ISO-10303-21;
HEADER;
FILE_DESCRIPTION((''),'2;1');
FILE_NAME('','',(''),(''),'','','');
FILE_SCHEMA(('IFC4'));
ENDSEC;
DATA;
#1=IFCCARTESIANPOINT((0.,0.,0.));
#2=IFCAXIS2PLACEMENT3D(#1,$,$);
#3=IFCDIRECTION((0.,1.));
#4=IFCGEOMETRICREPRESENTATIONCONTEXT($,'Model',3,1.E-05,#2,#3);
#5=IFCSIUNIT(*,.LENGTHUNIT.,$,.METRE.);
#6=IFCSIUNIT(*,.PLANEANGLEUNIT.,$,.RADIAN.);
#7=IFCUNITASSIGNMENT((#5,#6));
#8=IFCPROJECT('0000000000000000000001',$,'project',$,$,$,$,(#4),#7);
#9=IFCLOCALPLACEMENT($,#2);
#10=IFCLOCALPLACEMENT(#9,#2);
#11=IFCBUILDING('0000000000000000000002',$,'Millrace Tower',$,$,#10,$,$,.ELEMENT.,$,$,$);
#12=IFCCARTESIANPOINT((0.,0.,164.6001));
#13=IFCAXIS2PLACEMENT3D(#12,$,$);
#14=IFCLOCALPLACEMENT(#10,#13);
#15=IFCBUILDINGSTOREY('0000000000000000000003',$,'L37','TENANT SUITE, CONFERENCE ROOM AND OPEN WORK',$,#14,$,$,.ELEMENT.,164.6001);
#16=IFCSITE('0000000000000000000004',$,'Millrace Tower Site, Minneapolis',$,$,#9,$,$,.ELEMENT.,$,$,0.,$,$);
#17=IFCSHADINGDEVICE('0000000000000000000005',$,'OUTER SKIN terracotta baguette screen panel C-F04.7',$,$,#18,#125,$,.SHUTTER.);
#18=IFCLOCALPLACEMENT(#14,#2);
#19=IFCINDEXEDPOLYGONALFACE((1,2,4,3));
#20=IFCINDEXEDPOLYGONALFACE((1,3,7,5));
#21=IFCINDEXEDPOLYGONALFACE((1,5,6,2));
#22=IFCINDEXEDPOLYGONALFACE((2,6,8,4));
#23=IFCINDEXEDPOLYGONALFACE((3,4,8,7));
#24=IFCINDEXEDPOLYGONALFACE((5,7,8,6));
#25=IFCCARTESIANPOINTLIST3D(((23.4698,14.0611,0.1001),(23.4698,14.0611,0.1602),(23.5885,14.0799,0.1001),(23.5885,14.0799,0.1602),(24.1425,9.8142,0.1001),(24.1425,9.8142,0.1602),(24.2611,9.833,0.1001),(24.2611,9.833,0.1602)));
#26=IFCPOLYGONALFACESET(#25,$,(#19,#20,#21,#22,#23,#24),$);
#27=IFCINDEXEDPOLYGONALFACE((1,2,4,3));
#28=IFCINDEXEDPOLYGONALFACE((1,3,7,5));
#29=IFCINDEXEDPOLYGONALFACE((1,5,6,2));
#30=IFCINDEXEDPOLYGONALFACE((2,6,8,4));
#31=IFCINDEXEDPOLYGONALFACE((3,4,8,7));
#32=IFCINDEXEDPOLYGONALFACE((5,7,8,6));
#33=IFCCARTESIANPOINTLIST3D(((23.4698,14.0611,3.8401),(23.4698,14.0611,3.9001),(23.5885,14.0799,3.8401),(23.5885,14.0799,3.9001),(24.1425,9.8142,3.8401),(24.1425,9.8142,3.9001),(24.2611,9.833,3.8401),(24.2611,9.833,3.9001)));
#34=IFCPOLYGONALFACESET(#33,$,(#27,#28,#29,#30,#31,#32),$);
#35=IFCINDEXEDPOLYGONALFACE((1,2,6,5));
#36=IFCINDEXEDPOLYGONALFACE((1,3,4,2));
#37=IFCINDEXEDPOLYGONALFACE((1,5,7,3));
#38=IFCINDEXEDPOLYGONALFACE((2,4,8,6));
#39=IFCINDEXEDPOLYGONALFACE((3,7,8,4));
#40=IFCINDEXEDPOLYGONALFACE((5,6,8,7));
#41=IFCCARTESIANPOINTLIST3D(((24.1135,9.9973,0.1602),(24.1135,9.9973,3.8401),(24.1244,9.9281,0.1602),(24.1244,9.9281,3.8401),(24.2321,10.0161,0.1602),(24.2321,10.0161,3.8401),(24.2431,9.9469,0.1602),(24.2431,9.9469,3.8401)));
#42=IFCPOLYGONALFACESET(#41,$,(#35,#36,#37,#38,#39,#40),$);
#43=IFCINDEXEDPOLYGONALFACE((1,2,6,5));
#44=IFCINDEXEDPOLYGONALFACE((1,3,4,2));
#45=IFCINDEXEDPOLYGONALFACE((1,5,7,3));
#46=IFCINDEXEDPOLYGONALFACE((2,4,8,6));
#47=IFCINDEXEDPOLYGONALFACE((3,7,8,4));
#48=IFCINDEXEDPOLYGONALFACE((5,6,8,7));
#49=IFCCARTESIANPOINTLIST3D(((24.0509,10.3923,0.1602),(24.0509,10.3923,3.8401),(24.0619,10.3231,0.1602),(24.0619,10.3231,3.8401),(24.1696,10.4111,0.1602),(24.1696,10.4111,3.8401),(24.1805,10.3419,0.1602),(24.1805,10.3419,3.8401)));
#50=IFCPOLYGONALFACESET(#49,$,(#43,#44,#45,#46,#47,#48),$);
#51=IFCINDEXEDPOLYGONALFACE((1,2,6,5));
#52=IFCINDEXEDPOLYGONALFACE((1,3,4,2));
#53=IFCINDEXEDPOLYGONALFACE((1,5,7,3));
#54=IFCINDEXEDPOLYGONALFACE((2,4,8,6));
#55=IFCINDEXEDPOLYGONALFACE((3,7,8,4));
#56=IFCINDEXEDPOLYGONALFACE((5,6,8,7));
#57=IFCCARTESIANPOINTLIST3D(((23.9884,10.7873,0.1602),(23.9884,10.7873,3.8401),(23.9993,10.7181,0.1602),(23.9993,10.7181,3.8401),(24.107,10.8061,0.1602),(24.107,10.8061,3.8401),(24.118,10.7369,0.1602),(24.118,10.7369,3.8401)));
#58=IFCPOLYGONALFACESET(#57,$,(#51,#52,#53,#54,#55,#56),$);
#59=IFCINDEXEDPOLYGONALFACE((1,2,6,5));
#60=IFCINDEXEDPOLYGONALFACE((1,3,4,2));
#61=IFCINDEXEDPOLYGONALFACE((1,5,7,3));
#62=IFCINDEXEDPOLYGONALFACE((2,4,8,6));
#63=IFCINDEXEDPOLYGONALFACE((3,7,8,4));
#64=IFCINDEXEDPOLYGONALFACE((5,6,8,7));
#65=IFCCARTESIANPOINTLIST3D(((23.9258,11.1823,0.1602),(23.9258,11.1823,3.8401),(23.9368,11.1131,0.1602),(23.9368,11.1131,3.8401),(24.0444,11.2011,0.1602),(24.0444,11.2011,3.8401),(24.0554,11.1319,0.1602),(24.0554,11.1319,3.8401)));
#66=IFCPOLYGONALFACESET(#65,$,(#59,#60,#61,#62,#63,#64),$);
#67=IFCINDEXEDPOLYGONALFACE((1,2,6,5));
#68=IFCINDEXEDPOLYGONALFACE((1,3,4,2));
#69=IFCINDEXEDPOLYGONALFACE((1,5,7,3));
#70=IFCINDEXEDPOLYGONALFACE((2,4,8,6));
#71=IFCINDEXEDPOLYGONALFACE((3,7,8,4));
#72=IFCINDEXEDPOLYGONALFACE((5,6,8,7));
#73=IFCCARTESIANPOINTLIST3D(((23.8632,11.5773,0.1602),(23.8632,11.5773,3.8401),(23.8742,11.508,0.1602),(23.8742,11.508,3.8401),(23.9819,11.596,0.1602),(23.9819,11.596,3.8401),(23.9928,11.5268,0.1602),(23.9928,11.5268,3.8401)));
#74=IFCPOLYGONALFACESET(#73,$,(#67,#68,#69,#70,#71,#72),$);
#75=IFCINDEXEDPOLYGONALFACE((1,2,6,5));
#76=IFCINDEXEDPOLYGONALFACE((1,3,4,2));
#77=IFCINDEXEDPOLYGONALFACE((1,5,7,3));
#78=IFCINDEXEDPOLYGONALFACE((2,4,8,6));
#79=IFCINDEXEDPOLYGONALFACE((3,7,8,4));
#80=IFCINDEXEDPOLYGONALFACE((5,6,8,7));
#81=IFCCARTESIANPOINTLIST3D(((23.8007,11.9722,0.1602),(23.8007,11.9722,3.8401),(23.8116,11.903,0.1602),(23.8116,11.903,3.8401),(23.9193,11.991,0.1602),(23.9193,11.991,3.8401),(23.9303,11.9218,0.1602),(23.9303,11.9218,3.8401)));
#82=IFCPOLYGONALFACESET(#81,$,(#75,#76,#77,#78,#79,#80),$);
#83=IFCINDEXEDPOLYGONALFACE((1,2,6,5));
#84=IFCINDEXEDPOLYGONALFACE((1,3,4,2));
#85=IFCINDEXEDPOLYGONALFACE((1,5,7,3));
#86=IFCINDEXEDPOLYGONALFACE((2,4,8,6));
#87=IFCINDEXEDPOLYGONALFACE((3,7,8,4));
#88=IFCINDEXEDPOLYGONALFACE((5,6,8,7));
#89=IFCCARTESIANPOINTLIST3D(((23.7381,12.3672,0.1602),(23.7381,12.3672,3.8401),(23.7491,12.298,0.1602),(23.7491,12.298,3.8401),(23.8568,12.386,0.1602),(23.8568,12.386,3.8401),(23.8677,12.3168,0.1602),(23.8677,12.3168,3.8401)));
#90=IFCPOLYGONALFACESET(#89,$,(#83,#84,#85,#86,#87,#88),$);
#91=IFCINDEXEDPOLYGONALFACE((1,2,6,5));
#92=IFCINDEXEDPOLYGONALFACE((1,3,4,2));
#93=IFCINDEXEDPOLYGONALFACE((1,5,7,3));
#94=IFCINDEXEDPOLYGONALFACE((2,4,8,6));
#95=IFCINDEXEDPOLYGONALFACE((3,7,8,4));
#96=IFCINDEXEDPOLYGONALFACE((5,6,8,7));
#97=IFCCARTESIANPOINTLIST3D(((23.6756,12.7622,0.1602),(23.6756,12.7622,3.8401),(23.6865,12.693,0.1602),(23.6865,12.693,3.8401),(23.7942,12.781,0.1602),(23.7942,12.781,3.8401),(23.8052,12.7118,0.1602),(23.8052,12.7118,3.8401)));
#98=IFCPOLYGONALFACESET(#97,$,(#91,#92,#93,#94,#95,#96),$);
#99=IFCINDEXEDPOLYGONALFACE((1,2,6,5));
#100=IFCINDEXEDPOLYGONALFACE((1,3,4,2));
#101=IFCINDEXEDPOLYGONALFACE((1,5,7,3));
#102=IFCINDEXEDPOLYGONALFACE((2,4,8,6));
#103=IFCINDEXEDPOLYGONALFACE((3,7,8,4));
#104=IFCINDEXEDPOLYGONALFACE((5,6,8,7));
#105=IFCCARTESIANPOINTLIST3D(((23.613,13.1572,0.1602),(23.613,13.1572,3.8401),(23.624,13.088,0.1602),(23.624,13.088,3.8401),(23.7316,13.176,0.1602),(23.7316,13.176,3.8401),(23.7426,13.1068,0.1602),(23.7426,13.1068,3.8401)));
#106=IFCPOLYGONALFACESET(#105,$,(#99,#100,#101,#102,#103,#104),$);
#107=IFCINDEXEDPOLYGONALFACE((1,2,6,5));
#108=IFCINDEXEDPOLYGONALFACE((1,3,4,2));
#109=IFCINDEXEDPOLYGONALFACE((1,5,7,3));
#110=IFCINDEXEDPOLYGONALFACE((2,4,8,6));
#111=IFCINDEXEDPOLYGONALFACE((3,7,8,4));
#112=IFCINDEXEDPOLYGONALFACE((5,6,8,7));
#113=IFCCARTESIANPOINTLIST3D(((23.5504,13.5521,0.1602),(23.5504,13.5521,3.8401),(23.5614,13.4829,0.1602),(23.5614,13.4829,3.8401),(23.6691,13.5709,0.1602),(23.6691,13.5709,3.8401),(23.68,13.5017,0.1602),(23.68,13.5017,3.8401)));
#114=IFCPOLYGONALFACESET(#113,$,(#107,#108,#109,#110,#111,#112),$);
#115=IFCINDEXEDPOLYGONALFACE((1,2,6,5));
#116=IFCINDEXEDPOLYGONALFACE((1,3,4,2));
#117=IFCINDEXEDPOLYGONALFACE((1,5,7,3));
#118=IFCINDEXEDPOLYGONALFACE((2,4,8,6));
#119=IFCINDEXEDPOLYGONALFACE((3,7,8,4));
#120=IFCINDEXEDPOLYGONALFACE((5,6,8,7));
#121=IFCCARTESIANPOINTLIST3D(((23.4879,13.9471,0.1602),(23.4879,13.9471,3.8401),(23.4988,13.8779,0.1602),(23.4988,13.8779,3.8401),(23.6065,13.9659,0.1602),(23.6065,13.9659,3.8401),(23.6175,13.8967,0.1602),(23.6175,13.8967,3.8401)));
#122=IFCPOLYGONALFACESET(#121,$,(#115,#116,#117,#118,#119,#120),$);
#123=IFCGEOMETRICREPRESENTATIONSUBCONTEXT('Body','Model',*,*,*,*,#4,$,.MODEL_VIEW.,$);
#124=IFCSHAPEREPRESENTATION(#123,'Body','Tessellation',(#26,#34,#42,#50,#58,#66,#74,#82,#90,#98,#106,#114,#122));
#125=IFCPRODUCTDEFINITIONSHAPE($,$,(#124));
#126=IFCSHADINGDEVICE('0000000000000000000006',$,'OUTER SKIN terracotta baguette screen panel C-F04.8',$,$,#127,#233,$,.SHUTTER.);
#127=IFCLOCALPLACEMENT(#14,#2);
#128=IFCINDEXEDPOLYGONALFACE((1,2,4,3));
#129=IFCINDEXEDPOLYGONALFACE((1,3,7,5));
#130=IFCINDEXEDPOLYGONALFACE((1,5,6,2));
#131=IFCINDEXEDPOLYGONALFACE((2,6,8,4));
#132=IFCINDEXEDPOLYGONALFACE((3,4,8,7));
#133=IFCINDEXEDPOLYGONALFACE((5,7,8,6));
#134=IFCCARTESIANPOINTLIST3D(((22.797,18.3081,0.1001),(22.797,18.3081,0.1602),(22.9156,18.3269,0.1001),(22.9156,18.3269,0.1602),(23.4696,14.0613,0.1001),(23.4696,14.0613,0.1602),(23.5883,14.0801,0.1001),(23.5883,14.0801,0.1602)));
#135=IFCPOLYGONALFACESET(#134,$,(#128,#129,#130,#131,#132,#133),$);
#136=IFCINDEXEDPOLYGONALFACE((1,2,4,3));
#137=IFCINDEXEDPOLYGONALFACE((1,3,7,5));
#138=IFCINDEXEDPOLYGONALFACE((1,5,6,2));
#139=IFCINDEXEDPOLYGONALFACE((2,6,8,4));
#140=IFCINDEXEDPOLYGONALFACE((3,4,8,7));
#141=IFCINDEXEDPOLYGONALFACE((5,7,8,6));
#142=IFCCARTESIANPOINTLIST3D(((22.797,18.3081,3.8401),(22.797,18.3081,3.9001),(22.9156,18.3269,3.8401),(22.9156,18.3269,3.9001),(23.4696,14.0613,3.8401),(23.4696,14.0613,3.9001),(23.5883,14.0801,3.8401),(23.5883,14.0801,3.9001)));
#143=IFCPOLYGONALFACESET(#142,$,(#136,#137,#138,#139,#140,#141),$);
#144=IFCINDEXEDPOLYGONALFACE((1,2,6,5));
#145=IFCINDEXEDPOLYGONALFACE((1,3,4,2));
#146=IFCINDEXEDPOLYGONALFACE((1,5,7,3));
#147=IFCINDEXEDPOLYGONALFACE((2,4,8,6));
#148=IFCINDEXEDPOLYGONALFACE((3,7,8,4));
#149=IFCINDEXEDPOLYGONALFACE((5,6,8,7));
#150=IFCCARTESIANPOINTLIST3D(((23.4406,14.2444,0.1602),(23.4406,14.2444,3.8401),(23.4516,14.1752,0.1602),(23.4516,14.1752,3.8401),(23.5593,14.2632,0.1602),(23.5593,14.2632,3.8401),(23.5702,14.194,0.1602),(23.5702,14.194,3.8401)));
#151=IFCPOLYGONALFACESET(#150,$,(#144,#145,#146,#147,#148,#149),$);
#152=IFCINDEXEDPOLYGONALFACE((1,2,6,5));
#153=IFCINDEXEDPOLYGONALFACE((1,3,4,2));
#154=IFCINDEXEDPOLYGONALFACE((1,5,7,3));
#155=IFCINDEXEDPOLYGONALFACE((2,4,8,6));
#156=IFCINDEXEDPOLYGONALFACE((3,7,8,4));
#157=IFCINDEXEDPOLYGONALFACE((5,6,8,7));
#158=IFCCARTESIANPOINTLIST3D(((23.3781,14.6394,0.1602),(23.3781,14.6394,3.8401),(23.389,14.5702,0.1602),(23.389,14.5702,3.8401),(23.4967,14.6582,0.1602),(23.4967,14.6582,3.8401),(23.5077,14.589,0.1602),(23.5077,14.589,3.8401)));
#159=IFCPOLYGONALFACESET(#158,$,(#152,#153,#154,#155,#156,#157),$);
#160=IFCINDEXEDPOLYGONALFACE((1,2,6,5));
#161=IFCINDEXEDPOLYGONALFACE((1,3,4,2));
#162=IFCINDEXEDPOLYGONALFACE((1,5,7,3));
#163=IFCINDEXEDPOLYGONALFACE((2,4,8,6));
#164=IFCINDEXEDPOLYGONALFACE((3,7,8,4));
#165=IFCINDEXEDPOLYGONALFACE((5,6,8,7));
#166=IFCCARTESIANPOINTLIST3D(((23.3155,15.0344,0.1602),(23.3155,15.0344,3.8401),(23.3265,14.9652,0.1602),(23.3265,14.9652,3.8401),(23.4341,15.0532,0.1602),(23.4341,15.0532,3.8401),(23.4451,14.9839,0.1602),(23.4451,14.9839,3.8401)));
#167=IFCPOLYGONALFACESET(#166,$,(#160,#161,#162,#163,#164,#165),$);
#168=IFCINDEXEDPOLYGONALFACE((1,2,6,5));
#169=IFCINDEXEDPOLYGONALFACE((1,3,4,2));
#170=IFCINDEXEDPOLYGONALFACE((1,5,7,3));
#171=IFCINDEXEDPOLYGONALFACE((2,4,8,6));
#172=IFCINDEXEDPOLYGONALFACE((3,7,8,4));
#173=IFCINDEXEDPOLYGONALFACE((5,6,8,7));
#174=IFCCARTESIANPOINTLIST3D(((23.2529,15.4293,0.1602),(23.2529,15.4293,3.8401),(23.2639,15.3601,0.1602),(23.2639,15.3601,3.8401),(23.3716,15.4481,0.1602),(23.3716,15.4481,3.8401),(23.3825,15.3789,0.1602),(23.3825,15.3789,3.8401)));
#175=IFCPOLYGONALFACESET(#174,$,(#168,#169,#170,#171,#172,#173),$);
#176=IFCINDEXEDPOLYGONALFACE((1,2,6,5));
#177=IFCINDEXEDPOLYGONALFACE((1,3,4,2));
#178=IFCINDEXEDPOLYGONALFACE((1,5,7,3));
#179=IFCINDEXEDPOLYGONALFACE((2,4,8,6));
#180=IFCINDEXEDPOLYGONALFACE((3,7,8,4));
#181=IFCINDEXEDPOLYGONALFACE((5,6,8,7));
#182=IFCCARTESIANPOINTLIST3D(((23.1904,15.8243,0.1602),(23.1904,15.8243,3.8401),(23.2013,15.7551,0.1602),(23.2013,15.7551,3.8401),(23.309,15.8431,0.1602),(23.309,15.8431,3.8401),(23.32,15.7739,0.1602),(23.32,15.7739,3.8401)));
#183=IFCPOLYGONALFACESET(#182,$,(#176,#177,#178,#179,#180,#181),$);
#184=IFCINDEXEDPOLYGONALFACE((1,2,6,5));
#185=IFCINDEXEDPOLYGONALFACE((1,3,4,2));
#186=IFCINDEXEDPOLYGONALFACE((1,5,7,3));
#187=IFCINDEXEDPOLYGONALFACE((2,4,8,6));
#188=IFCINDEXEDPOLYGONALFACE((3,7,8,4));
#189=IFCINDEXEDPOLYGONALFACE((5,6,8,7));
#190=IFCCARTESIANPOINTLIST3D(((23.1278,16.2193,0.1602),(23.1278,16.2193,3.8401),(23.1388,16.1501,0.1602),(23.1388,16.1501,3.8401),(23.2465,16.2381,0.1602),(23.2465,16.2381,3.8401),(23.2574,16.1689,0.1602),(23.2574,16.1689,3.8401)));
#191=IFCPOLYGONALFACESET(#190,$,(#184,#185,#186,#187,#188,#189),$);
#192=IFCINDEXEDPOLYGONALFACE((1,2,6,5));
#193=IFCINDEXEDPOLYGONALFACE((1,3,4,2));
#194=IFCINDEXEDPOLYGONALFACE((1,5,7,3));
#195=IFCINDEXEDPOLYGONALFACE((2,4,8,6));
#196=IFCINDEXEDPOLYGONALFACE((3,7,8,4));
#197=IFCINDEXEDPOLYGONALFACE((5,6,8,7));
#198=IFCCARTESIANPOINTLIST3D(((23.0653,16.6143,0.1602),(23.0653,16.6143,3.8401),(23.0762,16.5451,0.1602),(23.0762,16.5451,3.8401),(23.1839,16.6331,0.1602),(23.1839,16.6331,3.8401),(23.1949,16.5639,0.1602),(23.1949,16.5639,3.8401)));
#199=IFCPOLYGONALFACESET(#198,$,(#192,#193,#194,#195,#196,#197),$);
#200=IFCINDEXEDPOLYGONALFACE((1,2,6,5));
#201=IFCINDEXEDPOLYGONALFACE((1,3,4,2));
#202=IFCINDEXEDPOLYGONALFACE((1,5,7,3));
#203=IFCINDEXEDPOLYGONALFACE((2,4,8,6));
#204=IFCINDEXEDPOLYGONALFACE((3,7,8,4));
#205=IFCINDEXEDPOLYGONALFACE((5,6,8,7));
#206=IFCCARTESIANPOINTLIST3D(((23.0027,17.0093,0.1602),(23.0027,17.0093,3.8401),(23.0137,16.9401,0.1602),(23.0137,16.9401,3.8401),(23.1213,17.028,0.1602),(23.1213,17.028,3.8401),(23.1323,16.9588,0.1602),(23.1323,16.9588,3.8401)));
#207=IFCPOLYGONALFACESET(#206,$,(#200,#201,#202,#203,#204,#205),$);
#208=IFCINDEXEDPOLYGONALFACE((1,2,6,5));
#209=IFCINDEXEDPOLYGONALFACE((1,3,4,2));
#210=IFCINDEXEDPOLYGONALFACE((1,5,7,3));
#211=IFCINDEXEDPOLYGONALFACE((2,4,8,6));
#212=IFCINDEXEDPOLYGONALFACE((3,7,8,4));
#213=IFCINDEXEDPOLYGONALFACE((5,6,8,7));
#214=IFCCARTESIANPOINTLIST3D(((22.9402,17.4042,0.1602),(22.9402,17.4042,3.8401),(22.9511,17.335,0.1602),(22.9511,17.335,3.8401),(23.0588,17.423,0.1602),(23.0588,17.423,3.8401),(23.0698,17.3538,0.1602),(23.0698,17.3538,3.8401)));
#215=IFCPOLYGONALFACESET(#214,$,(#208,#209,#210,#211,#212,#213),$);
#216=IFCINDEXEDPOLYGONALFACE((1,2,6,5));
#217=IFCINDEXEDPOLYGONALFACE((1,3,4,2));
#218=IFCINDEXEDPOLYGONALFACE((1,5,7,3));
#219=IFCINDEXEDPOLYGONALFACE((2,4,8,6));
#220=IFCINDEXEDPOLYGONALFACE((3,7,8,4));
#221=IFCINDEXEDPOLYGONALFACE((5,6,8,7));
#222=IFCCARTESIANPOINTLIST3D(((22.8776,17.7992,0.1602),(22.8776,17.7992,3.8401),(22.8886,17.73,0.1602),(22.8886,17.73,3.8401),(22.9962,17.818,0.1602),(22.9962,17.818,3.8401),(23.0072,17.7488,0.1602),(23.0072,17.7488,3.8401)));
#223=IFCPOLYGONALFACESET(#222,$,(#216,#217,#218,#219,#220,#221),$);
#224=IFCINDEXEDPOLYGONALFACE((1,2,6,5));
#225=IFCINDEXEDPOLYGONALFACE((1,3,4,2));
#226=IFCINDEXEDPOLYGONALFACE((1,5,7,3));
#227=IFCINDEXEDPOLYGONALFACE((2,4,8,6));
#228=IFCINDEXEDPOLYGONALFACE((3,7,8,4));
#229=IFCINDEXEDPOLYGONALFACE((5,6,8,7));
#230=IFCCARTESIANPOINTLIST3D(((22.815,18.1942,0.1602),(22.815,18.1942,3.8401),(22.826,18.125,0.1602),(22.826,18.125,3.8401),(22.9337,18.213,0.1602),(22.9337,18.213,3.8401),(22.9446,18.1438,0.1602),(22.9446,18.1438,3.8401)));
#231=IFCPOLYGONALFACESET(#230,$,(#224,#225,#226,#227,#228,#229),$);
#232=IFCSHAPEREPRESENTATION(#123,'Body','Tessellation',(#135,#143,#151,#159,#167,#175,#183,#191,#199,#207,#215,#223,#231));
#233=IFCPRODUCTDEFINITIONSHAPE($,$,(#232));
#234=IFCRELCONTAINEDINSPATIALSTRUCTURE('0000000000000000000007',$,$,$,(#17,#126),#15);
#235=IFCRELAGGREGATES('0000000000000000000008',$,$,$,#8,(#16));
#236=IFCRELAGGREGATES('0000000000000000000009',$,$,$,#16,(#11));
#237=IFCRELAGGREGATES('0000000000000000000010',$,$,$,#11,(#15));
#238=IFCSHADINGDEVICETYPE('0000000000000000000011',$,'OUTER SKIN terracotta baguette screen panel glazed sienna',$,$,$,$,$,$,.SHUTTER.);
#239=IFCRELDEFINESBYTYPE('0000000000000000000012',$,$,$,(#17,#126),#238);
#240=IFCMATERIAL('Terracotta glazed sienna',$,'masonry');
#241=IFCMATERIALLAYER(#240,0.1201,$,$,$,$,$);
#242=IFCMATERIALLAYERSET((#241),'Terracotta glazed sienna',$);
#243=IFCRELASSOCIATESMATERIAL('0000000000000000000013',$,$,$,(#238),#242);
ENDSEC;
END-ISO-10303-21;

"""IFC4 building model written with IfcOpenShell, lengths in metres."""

from ifc_helpers import new_model, entity, si_unit, direction, frame, frame_2d, origin, origin_2d, place, context, subcontext, project, spatial, rectangle, extrude, source, transform, mapped, material, layer, layer_set, type_object, element, save


model = new_model("IFC4")

# Units and contexts
model_context = context("Model", 3, precision=1e-05, world=origin(), true_north=direction((0.0, 1.0)))
body_context = subcontext(model_context, "Body", "Model", "MODEL_VIEW")
ifc_project = project(units=[si_unit("LENGTHUNIT", "METRE"), si_unit("PLANEANGLEUNIT", "RADIAN")], contexts=[model_context])

# Site, building, storey
site_placement = place(None, origin())
site = spatial("IfcSite", under=ifc_project, at=site_placement, Name="Millrace Tower Site, Minneapolis", CompositionType="ELEMENT", RefElevation=0.0)
building_placement = place(site_placement, origin())
building = spatial("IfcBuilding", under=site, at=building_placement, Name="Millrace Tower", CompositionType="ELEMENT")
storey_placement = place(building_placement, frame((0.0, 0.0, 164.6001)))
storey = spatial("IfcBuildingStorey", under=building, at=storey_placement, Name="L37", Description="TENANT SUITE, CONFERENCE ROOM AND OPEN WORK", CompositionType="ELEMENT", Elevation=164.6001)

# Shading devices
ifc_material_1 = material(Name="Terracotta glazed sienna", Category="masonry")
ifc_layer_1 = layer(ifc_material_1, 0.1201)
ifc_layer_set_1 = layer_set([ifc_layer_1], Name="Terracotta glazed sienna")
shading_device_type = type_object("IfcShadingDeviceType", Name="OUTER SKIN terracotta baguette screen panel glazed sienna", PredefinedType="SHUTTER", material=ifc_layer_set_1)
cartesian_point_1 = entity("IfcCartesianPoint", [-2.1499, 0.0601])
shared_polyline_1 = entity("IfcPolyline", [cartesian_point_1, entity("IfcCartesianPoint", [2.1499, 0.0601]), entity("IfcCartesianPoint", [2.1499, -0.0601]), entity("IfcCartesianPoint", [-2.1499, -0.0601]), cartesian_point_1])
shared_shape_1 = source(origin(), body_context, "Body", "SweptSolid", [
    entity("IfcExtrudedAreaSolid", entity("IfcArbitraryClosedProfileDef", "AREA", None, shared_polyline_1), entity("IfcAxis2Placement3D", entity("IfcCartesianPoint", [0.0, 0.0, 0.0])), entity("IfcDirection", [0.0, 0.0, 1.0]), 0.0601),
    entity("IfcExtrudedAreaSolid", entity("IfcArbitraryClosedProfileDef", "AREA", None, shared_polyline_1), entity("IfcAxis2Placement3D", entity("IfcCartesianPoint", [0.0, 0.0, 3.74])), entity("IfcDirection", [0.0, 0.0, 1.0]), 0.0601),
    extrude(rectangle(XDim=0.0701, YDim=0.1201, at=frame_2d((-1.9995, 0.0))), frame((0.0, 0.0, 0.0601)), (0.0, 0.0, 1.0), 3.6799),
    extrude(rectangle(XDim=0.0701, YDim=0.1201, at=frame_2d((-1.5996, 0.0))), frame((0.0, 0.0, 0.0601)), (0.0, 0.0, 1.0), 3.6799),
    extrude(rectangle(XDim=0.0701, YDim=0.1201, at=frame_2d((-1.1997, 0.0))), frame((0.0, 0.0, 0.0601)), (0.0, 0.0, 1.0), 3.6799),
    extrude(rectangle(XDim=0.0701, YDim=0.1201, at=frame_2d((-0.7998, 0.0))), frame((0.0, 0.0, 0.0601)), (0.0, 0.0, 1.0), 3.6799),
    extrude(rectangle(XDim=0.0701, YDim=0.1201, at=frame_2d((-0.3999, 0.0))), frame((0.0, 0.0, 0.0601)), (0.0, 0.0, 1.0), 3.6799),
    extrude(rectangle(XDim=0.0701, YDim=0.1201, at=origin_2d()), frame((0.0, 0.0, 0.0601)), (0.0, 0.0, 1.0), 3.6799),
    extrude(rectangle(XDim=0.0701, YDim=0.1201, at=frame_2d((0.3999, 0.0))), frame((0.0, 0.0, 0.0601)), (0.0, 0.0, 1.0), 3.6799),
    extrude(rectangle(XDim=0.0701, YDim=0.1201, at=frame_2d((0.7998, 0.0))), frame((0.0, 0.0, 0.0601)), (0.0, 0.0, 1.0), 3.6799),
    extrude(rectangle(XDim=0.0701, YDim=0.1201, at=frame_2d((1.1997, 0.0))), frame((0.0, 0.0, 0.0601)), (0.0, 0.0, 1.0), 3.6799),
    extrude(rectangle(XDim=0.0701, YDim=0.1201, at=frame_2d((1.5996, 0.0))), frame((0.0, 0.0, 0.0601)), (0.0, 0.0, 1.0), 3.6799),
    extrude(rectangle(XDim=0.0701, YDim=0.1201, at=frame_2d((1.9995, 0.0))), frame((0.0, 0.0, 0.0601)), (0.0, 0.0, 1.0), 3.6799),
])
for number, where, z_axis, x_axis, name in (
    (1, (23.8655, 11.947, 0.1001), (0.0, 0.0, 1.0), (-0.156434, 0.987688, 0.0), "OUTER SKIN terracotta baguette screen panel C-F04.7"),
    (2, (23.1926, 16.1941, 0.1001), (0.0, 0.0, 1.0), (-0.156434, 0.987688, 0.0), "OUTER SKIN terracotta baguette screen panel C-F04.8"),
):
    element("IfcShadingDevice", number, at=place(storey_placement, frame(where, z_axis=z_axis, x_axis=x_axis)), inside=storey, type_object=shading_device_type, Name=name, PredefinedType="SHUTTER", context=body_context, shape_type="MappedRepresentation", body=[
        mapped(shared_shape_1, transform((0.0, 0.0, 0.0), scale=1.0)),
    ])

save(model, "model.ifc")
